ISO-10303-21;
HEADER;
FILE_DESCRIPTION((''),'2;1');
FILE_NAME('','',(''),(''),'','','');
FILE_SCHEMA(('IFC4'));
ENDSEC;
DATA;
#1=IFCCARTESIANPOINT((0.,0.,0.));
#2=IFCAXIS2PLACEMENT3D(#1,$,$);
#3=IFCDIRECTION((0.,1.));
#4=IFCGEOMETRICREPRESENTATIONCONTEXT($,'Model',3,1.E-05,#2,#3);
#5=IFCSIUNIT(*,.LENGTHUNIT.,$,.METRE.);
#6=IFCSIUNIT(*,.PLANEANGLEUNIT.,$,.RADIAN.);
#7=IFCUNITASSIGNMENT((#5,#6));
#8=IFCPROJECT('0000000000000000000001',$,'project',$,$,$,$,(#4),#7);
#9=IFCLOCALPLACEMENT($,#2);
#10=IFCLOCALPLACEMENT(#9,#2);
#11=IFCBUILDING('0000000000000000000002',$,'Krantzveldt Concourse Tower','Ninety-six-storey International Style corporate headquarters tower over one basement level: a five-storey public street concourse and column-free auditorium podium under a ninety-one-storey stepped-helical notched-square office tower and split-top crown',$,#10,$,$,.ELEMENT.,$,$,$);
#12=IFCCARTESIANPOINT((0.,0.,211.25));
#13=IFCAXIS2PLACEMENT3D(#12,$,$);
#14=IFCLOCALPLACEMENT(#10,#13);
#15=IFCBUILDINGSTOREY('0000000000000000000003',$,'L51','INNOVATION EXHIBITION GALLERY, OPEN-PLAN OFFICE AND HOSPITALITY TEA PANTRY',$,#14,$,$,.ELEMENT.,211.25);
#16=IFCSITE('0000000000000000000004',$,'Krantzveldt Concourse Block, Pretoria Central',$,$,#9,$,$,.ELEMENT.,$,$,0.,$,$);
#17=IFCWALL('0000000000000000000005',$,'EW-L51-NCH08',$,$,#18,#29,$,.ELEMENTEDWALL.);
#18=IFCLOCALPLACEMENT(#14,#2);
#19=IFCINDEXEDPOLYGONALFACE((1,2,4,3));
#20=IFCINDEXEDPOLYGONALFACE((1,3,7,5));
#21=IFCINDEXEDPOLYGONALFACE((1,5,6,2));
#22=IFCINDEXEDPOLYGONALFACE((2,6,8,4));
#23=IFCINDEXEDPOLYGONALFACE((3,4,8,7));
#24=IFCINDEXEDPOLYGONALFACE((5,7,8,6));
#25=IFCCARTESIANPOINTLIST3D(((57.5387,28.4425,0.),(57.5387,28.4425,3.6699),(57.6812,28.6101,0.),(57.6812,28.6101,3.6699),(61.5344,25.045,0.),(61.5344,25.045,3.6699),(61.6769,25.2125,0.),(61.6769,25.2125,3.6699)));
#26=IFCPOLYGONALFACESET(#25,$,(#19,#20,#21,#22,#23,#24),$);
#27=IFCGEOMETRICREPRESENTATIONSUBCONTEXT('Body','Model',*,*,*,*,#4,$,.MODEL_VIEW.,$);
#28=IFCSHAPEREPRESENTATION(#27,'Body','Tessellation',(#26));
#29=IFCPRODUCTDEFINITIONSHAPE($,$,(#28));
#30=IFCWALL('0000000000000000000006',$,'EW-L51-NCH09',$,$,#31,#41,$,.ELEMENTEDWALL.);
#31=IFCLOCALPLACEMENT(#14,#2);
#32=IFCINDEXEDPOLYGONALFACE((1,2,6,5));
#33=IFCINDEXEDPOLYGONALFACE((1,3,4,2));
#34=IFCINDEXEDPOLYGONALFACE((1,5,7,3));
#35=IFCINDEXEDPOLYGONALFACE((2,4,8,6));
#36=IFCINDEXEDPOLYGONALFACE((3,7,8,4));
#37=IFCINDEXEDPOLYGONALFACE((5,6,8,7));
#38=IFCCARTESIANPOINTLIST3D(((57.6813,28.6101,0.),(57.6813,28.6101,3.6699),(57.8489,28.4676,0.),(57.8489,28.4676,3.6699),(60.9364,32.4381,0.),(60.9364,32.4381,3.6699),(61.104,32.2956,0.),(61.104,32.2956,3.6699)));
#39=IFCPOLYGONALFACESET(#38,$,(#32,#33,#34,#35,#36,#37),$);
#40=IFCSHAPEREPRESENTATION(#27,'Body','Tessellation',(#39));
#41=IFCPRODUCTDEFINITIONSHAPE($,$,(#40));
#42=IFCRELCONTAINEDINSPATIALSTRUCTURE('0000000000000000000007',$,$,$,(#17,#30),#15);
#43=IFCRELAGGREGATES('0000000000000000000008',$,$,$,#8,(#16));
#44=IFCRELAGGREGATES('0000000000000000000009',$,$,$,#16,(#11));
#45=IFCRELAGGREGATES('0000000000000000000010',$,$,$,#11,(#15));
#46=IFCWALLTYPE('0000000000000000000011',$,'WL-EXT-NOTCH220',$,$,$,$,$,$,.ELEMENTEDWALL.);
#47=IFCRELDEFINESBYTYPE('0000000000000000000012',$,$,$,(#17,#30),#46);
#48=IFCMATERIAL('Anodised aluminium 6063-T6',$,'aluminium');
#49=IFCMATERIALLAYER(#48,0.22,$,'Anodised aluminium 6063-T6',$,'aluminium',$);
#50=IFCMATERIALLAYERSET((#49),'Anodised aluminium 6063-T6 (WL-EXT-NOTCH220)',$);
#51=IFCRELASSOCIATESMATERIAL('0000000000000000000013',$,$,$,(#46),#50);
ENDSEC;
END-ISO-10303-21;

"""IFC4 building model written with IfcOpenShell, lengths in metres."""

from ifc_helpers import new_model, si_unit, direction, frame, frame_2d, origin, place, context, subcontext, project, spatial, rectangle, extrude, material, layer, layer_set, type_object, element, save


model = new_model("IFC4")

# Units and contexts
model_context = context("Model", 3, precision=1e-05, world=origin(), true_north=direction((0.0, 1.0)))
body_context = subcontext(model_context, "Body", "Model", "MODEL_VIEW")
ifc_project = project(units=[si_unit("LENGTHUNIT", "METRE"), si_unit("PLANEANGLEUNIT", "RADIAN")], contexts=[model_context])

# Site, building, storey
site_placement = place(None, origin())
site = spatial("IfcSite", under=ifc_project, at=site_placement, Name="Krantzveldt Concourse Block, Pretoria Central", CompositionType="ELEMENT", RefElevation=0.0)
building_placement = place(site_placement, origin())
building = spatial("IfcBuilding", under=site, at=building_placement, Name="Krantzveldt Concourse Tower", Description="Ninety-six-storey International Style corporate headquarters tower over one basement level: a five-storey public street concourse and column-free auditorium podium under a ninety-one-storey stepped-helical notched-square office tower and split-top crown", CompositionType="ELEMENT")
storey_placement = place(building_placement, frame((0.0, 0.0, 211.25)))
storey = spatial("IfcBuildingStorey", under=building, at=storey_placement, Name="L51", Description="INNOVATION EXHIBITION GALLERY, OPEN-PLAN OFFICE AND HOSPITALITY TEA PANTRY", CompositionType="ELEMENT", Elevation=211.25)

# Shared definitions
ifc_material_1 = material(Name="Anodised aluminium 6063-T6", Category="aluminium")

# Walls
ifc_layer_1 = layer(ifc_material_1, 0.22, Name="Anodised aluminium 6063-T6", Category="aluminium")
ifc_layer_set_1 = layer_set([ifc_layer_1], Name="Anodised aluminium 6063-T6 (WL-EXT-NOTCH220)")
wall_type = type_object("IfcWallType", Name="WL-EXT-NOTCH220", PredefinedType="ELEMENTEDWALL", material=ifc_layer_set_1)
wall_1_placement = place(storey_placement, frame((61.6057, 25.1287, 0.0), z_axis=(0.0, 0.0, 1.0), x_axis=(-0.761827, 0.647781, 0.0)))
element("IfcWall", 1, at=wall_1_placement, inside=storey, type_object=wall_type, Name="EW-L51-NCH08", PredefinedType="ELEMENTEDWALL", context=body_context, shape_type="SweptSolid", body=[
    extrude(rectangle(XDim=5.2449, YDim=0.22, at=frame_2d((2.6226, 0.0))), origin(), (0.0, 0.0, 1.0), 3.6699),
])
wall_2_placement = place(storey_placement, frame((57.7651, 28.5388, 0.0), z_axis=(0.0, 0.0, 1.0), x_axis=(0.647789, 0.761819, 0.0)))
element("IfcWall", 2, at=wall_2_placement, inside=storey, type_object=wall_type, Name="EW-L51-NCH09", PredefinedType="ELEMENTEDWALL", context=body_context, shape_type="SweptSolid", body=[
    extrude(rectangle(XDim=5.0249, YDim=0.22, at=frame_2d((2.5125, 0.0))), origin(), (0.0, 0.0, 1.0), 3.6699),
])

save(model, "model.ifc")
